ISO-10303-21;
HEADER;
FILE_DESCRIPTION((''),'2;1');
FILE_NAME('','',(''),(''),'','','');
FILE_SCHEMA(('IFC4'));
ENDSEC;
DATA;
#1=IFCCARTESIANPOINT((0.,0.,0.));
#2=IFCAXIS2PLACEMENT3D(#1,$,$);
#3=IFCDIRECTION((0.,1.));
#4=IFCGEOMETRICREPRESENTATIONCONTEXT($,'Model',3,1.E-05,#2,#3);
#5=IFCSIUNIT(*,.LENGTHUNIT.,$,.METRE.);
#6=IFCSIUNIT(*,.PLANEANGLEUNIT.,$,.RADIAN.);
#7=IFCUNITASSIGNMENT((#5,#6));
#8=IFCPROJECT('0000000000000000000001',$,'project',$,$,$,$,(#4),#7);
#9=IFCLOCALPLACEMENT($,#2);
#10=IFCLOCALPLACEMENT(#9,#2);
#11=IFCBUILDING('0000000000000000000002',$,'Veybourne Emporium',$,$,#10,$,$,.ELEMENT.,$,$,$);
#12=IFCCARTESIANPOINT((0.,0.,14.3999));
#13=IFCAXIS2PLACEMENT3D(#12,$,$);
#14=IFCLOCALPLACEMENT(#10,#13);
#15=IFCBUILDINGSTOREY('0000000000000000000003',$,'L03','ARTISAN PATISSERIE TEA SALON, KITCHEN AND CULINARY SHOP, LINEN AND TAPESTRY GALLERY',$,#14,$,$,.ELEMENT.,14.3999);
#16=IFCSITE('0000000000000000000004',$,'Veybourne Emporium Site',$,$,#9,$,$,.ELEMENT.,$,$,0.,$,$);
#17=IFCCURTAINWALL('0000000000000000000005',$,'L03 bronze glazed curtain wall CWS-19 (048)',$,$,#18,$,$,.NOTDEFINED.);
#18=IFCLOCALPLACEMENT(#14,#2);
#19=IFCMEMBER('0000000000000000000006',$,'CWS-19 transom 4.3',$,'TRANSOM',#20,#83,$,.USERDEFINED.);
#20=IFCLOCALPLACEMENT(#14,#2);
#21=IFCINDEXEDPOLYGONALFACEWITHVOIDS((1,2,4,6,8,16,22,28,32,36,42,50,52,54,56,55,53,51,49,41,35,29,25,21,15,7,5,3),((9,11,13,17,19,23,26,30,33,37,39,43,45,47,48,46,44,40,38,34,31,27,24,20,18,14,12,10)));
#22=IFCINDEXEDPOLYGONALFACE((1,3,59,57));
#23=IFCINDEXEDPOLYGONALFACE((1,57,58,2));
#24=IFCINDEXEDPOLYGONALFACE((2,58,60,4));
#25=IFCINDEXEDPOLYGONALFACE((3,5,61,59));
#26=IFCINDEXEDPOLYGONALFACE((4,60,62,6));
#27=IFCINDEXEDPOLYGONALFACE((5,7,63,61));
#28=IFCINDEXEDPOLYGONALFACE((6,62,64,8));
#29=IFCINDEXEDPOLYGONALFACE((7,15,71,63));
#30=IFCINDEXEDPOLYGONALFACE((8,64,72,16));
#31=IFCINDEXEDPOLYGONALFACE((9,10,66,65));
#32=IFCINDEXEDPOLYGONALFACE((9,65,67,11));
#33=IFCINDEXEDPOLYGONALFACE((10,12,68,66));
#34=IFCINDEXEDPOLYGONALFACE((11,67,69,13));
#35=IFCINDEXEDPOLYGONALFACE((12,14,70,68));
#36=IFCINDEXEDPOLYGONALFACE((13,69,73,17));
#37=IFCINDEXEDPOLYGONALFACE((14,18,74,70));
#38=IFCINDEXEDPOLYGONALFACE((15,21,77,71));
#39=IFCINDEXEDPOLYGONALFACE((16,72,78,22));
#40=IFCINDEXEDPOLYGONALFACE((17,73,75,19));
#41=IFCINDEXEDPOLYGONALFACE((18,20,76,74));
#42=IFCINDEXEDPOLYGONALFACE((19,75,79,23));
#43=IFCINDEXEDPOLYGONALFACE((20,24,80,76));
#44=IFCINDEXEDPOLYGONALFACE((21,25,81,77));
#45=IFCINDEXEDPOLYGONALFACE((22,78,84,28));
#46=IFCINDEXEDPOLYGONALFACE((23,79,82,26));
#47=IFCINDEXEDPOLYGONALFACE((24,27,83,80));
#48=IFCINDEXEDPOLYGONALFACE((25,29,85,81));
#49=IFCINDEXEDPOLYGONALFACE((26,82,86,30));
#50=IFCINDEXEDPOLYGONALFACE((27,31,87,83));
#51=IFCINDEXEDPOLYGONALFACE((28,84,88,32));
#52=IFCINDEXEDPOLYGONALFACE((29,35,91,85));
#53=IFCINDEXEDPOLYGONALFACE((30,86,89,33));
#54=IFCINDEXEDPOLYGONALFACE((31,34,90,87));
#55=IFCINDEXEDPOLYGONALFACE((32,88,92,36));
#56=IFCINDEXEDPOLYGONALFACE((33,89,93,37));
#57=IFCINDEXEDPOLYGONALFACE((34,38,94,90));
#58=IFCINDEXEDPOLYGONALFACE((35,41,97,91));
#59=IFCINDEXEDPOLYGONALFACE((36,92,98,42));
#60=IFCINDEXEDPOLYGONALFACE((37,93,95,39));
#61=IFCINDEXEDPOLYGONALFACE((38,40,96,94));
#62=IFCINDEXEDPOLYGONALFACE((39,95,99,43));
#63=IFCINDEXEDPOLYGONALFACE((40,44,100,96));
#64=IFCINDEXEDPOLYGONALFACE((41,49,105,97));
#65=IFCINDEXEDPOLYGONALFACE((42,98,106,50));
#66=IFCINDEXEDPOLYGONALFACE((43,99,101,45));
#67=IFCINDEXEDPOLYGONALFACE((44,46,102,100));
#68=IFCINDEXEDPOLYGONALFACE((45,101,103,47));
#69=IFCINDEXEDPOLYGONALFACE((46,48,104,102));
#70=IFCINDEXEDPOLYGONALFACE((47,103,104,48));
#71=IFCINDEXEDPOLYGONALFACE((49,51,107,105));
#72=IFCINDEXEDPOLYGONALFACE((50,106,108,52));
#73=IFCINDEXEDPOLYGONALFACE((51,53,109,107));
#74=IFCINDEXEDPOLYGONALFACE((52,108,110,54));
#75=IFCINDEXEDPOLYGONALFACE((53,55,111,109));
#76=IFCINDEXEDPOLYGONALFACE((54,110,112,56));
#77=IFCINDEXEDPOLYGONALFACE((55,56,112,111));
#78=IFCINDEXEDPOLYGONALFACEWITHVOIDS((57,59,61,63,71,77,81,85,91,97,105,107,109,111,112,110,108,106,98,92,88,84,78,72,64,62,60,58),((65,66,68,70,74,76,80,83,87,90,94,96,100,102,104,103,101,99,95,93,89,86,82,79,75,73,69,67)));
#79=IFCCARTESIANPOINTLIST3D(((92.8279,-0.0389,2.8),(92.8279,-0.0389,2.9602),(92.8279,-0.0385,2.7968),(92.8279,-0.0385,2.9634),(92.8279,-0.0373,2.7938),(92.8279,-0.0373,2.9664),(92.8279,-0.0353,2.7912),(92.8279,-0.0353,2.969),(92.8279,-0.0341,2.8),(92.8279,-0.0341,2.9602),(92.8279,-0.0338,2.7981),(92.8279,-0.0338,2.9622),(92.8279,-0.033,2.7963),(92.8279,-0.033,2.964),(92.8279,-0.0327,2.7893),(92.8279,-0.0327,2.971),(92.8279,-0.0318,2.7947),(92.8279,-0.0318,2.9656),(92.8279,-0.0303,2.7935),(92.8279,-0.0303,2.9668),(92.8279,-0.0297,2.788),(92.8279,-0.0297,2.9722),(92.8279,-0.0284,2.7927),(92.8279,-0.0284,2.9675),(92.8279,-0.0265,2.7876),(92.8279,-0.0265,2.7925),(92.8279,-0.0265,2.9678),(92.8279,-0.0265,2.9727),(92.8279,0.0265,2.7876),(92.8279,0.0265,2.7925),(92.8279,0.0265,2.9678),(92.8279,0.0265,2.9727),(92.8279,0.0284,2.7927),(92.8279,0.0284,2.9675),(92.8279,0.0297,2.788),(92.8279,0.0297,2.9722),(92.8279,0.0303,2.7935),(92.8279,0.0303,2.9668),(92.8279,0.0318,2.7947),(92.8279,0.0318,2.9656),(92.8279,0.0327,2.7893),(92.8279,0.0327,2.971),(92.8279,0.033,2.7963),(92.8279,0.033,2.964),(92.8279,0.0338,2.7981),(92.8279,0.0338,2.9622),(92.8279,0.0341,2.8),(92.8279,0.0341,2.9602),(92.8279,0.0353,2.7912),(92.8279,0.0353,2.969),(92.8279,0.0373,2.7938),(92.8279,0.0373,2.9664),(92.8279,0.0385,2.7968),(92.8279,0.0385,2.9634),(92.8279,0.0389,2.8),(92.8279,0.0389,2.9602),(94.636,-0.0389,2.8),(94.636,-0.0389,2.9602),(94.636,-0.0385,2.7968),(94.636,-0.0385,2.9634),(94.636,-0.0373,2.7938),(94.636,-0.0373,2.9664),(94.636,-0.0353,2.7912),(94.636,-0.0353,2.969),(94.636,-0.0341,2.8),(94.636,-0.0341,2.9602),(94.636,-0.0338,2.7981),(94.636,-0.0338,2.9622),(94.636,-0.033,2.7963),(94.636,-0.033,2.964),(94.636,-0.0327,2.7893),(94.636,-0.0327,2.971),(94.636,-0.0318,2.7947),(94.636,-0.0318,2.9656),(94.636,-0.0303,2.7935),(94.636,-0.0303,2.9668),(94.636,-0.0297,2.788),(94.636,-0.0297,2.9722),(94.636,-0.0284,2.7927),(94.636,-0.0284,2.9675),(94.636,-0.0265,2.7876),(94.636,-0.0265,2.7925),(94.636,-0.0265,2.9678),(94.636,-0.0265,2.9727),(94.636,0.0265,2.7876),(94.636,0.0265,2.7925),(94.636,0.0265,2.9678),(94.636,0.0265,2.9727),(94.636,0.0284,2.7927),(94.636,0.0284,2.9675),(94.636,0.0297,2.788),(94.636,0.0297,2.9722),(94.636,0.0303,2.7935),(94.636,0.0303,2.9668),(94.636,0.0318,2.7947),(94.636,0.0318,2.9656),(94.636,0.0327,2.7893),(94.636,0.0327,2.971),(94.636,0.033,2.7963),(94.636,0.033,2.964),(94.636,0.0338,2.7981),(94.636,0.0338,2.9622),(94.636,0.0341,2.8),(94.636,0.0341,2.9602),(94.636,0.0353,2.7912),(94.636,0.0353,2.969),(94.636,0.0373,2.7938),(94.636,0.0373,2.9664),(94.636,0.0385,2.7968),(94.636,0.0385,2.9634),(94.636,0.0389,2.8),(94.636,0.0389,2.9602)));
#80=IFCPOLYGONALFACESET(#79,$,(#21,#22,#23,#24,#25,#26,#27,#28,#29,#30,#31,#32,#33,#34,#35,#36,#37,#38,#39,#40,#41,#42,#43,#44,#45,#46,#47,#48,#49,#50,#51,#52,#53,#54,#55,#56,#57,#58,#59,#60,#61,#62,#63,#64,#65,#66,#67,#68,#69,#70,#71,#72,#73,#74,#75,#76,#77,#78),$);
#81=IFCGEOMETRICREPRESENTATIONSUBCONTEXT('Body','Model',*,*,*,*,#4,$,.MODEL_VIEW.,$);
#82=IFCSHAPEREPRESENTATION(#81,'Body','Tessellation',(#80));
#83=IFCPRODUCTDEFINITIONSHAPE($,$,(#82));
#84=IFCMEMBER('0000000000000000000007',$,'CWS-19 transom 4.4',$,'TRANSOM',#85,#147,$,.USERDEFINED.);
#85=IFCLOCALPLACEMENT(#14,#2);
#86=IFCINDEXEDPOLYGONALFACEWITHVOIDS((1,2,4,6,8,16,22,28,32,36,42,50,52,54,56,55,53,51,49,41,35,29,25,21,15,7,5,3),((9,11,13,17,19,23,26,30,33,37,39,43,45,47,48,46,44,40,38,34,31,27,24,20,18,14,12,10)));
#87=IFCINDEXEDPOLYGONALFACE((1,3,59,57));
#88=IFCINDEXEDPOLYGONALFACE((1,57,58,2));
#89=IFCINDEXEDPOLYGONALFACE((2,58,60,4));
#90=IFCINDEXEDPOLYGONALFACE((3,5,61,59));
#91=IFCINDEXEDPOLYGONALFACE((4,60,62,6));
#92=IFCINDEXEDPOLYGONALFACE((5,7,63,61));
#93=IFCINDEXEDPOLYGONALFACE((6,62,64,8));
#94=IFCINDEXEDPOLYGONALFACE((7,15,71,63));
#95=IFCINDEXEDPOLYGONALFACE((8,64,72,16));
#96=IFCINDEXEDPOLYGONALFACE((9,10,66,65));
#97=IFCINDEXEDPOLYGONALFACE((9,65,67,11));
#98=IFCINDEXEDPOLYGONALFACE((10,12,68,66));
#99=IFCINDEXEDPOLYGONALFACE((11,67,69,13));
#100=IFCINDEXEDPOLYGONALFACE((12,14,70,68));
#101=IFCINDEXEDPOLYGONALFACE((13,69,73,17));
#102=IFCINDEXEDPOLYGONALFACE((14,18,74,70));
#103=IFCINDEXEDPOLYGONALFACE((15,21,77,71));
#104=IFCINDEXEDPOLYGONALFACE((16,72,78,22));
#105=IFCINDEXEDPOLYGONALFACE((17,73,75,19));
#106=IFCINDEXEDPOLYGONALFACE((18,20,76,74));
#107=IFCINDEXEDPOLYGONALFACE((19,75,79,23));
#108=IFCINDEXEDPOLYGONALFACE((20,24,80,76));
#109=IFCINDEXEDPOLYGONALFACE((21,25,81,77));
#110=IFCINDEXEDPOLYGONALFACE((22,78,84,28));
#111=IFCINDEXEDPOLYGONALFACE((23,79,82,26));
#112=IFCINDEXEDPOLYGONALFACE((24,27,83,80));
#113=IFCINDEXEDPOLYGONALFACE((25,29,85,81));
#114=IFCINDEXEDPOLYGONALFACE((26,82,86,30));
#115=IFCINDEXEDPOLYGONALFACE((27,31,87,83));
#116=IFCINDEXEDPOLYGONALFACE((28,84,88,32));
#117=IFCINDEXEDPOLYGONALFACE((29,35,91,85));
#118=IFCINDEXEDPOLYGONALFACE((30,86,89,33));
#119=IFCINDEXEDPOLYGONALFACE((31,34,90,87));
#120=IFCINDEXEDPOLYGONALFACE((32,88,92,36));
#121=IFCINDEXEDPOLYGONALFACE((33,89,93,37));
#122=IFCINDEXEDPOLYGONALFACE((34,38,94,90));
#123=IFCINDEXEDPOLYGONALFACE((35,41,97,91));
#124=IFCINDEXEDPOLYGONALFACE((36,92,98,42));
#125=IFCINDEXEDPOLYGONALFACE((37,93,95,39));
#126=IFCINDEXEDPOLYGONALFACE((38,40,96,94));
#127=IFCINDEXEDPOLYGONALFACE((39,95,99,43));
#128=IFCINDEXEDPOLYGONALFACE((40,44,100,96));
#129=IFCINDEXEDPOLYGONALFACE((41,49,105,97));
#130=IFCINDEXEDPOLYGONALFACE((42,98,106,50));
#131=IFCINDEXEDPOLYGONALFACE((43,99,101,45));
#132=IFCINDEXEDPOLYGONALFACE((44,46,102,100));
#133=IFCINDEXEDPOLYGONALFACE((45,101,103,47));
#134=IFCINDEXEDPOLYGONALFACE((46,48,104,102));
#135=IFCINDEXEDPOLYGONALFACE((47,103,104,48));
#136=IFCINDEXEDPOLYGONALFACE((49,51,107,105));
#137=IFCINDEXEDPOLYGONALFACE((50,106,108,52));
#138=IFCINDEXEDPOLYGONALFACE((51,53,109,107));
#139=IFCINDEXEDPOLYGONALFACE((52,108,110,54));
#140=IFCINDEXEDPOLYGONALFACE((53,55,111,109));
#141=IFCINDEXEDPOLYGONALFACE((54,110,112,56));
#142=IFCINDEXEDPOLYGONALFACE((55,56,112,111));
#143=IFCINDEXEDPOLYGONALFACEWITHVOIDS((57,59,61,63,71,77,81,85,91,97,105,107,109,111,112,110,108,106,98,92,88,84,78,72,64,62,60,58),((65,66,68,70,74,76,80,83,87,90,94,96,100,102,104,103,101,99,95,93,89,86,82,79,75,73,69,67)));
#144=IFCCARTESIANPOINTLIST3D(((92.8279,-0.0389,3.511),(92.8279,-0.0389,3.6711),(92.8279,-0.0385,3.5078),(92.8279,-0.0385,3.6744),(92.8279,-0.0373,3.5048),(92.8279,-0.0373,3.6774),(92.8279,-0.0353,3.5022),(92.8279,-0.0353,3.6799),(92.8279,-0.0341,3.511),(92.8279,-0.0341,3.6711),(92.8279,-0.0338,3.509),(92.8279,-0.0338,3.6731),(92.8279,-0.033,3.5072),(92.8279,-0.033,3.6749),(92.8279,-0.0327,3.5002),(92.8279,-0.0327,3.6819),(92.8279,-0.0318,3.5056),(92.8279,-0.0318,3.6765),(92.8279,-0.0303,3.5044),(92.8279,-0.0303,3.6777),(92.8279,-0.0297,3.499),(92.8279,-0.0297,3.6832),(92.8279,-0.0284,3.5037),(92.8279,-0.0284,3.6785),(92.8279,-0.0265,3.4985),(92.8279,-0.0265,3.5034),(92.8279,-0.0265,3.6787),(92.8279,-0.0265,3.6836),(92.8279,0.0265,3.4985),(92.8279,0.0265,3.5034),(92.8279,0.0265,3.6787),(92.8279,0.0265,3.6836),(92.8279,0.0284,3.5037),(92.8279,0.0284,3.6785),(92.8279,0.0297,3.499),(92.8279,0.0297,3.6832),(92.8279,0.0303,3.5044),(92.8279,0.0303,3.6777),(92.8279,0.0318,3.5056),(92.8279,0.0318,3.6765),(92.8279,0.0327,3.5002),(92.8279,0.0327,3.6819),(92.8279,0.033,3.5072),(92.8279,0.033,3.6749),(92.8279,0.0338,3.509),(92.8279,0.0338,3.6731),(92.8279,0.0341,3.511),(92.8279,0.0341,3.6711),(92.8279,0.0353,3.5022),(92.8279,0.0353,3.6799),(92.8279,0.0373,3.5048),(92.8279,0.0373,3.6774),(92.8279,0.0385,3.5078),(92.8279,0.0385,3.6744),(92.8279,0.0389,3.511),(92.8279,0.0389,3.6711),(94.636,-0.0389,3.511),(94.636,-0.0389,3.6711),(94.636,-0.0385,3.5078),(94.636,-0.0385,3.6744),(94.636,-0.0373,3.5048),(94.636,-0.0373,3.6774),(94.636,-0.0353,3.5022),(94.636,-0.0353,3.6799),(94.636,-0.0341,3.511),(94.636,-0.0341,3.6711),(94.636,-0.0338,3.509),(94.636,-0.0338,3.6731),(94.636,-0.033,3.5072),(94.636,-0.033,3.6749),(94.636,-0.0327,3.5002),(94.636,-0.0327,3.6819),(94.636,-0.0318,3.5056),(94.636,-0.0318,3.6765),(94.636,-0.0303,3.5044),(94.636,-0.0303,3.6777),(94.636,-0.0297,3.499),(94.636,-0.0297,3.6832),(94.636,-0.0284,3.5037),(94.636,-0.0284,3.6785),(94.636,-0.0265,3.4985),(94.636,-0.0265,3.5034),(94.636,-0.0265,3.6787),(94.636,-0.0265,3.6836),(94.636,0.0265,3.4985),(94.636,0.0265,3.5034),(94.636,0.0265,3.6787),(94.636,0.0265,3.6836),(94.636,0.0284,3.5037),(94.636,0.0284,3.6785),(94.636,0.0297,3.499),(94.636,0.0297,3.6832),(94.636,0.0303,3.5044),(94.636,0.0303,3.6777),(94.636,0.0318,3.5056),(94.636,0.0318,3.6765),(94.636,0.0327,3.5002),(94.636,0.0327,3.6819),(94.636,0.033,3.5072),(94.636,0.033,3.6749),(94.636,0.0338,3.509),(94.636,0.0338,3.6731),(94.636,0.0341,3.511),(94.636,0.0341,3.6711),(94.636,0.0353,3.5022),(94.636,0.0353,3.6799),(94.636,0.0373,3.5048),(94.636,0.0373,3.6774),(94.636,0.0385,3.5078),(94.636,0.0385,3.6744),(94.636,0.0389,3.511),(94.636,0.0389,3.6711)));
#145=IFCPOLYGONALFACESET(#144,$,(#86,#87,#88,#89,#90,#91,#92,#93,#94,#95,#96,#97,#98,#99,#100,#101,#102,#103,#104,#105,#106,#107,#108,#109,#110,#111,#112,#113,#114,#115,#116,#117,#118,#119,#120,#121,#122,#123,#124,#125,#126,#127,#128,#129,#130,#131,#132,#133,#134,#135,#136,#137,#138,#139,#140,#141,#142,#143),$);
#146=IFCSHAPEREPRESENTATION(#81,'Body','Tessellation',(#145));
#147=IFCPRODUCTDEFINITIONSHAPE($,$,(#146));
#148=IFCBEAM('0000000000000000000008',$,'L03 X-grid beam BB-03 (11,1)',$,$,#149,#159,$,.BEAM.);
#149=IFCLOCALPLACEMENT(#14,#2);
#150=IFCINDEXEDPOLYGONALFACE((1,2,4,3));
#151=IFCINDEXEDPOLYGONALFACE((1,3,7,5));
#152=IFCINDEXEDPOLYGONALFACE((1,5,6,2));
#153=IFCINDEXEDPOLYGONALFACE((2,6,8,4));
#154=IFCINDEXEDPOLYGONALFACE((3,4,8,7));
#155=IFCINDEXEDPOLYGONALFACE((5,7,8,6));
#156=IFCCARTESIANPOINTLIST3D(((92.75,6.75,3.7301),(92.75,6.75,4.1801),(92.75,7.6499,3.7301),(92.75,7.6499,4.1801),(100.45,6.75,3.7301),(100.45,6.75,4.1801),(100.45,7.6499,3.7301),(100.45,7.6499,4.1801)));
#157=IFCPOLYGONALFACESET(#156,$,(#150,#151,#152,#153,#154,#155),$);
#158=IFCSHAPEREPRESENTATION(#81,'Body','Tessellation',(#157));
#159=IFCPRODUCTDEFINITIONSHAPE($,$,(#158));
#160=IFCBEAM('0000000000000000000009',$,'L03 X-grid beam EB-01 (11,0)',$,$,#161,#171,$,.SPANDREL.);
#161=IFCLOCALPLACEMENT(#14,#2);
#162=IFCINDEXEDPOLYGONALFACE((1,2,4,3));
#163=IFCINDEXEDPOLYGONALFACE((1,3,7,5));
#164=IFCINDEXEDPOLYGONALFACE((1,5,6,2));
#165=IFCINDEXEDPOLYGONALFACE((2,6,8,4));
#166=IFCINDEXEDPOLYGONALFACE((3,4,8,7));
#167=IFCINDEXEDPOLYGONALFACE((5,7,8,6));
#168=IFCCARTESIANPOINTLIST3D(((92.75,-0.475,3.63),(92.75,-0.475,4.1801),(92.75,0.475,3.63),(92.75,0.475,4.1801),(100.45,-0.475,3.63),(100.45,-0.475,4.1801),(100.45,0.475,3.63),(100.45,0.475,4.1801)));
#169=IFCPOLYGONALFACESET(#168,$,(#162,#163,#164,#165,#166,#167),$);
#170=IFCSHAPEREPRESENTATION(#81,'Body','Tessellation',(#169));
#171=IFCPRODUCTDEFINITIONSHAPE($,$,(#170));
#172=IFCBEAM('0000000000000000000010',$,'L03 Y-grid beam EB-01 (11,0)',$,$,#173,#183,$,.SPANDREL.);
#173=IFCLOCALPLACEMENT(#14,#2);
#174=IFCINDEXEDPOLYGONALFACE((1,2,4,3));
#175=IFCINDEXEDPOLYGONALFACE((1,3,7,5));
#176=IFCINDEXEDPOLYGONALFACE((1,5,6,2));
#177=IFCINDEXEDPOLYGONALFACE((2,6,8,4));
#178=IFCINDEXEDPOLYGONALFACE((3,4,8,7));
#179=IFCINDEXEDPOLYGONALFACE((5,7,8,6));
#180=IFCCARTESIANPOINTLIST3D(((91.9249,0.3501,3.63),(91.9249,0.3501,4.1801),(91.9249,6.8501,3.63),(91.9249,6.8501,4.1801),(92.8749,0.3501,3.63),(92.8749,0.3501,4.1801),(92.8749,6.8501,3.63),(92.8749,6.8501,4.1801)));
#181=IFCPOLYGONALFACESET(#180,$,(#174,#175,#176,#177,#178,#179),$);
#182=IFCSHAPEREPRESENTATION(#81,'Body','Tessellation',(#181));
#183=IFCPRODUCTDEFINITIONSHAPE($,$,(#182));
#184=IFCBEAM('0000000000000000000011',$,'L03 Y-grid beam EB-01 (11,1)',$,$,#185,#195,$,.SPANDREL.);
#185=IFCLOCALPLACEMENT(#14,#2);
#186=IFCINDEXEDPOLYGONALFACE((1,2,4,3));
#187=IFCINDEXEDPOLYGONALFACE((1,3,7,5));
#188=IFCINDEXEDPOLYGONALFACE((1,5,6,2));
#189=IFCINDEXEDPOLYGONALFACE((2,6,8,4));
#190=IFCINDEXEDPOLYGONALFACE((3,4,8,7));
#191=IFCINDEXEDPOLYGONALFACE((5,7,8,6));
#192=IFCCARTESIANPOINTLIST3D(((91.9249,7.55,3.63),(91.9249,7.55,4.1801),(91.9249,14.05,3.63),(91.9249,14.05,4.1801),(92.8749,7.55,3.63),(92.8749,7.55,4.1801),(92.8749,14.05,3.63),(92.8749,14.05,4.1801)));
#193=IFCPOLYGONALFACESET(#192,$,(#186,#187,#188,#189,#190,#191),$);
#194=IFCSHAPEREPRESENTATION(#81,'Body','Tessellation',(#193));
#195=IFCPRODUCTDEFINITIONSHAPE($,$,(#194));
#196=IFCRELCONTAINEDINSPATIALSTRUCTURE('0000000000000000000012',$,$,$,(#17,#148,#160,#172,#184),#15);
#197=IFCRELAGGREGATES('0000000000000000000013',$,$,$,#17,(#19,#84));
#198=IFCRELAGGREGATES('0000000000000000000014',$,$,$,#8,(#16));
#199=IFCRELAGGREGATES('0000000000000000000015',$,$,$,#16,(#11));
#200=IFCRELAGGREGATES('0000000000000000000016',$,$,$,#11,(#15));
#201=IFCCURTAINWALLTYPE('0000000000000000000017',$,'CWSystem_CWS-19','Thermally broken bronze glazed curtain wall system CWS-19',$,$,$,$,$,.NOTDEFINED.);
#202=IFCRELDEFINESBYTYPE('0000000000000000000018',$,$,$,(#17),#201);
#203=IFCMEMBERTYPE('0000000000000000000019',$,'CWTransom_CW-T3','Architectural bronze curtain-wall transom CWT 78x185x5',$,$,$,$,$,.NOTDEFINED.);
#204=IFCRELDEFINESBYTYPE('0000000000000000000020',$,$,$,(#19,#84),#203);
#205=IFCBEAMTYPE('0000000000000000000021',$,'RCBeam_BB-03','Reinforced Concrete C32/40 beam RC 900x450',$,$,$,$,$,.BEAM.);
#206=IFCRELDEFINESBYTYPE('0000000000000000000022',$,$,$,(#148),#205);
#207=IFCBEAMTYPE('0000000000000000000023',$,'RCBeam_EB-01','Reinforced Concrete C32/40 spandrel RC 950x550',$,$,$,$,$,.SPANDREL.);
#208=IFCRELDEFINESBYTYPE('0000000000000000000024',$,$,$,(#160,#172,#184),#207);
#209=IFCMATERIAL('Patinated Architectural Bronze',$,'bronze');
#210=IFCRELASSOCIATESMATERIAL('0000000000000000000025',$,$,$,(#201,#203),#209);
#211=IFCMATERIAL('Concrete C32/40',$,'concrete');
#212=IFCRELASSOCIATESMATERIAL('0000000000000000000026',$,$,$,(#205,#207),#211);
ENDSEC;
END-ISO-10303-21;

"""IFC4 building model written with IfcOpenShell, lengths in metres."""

from ifc_helpers import new_model, si_unit, direction, frame, origin, origin_2d, place, context, subcontext, project, spatial, rectangle, hollow_rectangle, extrude, material, material_profile, profile_set, type_object, element, aggregate, save


model = new_model("IFC4")

# Units and contexts
model_context = context("Model", 3, precision=1e-05, world=origin(), true_north=direction((0.0, 1.0)))
body_context = subcontext(model_context, "Body", "Model", "MODEL_VIEW")
ifc_project = project(units=[si_unit("LENGTHUNIT", "METRE"), si_unit("PLANEANGLEUNIT", "RADIAN")], contexts=[model_context])

# Site, building, storey
site_placement = place(None, origin())
site = spatial("IfcSite", under=ifc_project, at=site_placement, Name="Veybourne Emporium Site", CompositionType="ELEMENT", RefElevation=0.0)
building_placement = place(site_placement, origin())
building = spatial("IfcBuilding", under=site, at=building_placement, Name="Veybourne Emporium", CompositionType="ELEMENT")
storey_placement = place(building_placement, frame((0.0, 0.0, 14.3999)))
storey = spatial("IfcBuildingStorey", under=building, at=storey_placement, Name="L03", Description="ARTISAN PATISSERIE TEA SALON, KITCHEN AND CULINARY SHOP, LINEN AND TAPESTRY GALLERY", CompositionType="ELEMENT", Elevation=14.3999)

# Curtain wall, members
ifc_material_1 = material(Name="Patinated Architectural Bronze", Category="bronze")
curtain_wall_type = type_object("IfcCurtainWallType", Name="CWSystem_CWS-19", Description="Thermally broken bronze glazed curtain wall system CWS-19", PredefinedType="NOTDEFINED", material=ifc_material_1)
curtain_wall_placement = place(storey_placement, origin())
curtain_wall = element("IfcCurtainWall", 1, at=curtain_wall_placement, inside=storey, type_object=curtain_wall_type, Name="L03 bronze glazed curtain wall CWS-19 (048)", PredefinedType="NOTDEFINED")
ifc_material_profile_1 = material_profile(ifc_material_1, hollow_rectangle(XDim=0.0779, YDim=0.1851, WallThickness=0.0049, InnerFilletRadius=0.0076, OuterFilletRadius=0.0125, at=origin_2d()), Name="CWT 78x185x5")
ifc_profile_set_1 = profile_set([ifc_material_profile_1], Name="Patinated Architectural Bronze")
member_type_1 = type_object("IfcMemberType", Name="CWTransom_CW-T3", Description="Architectural bronze curtain-wall transom CWT 78x185x5", PredefinedType="NOTDEFINED", material=ifc_profile_set_1)
member_1_placement = place(storey_placement, frame((94.636, 0.0, 2.8801), z_axis=(-1.0, 0.0, 0.0), x_axis=(0.0, -1.0, 0.0)))
member_1 = element("IfcMember", 2, at=member_1_placement, type_object=member_type_1, Name="CWS-19 transom 4.3", ObjectType="TRANSOM", PredefinedType="USERDEFINED", context=body_context, shape_type="SweptSolid", body=[
    extrude(hollow_rectangle(XDim=0.0779, YDim=0.1851, WallThickness=0.0049, InnerFilletRadius=0.0076, OuterFilletRadius=0.0125, at=origin_2d()), origin(), (0.0, 0.0, 1.0), 1.8081),
])
member_2_placement = place(storey_placement, frame((94.636, 0.0, 3.5911), z_axis=(-1.0, 0.0, 0.0), x_axis=(0.0, -1.0, 0.0)))
member_2 = element("IfcMember", 3, at=member_2_placement, type_object=member_type_1, Name="CWS-19 transom 4.4", ObjectType="TRANSOM", PredefinedType="USERDEFINED", context=body_context, shape_type="SweptSolid", body=[
    extrude(hollow_rectangle(XDim=0.0779, YDim=0.1851, WallThickness=0.0049, InnerFilletRadius=0.0076, OuterFilletRadius=0.0125, at=origin_2d()), origin(), (0.0, 0.0, 1.0), 1.8081),
])

# Beams
ifc_material_2 = material(Name="Concrete C32/40", Category="concrete")
ifc_material_profile_2 = material_profile(ifc_material_2, rectangle(XDim=0.8999, YDim=0.45, at=origin_2d()), Name="RC 900x450")
ifc_profile_set_2 = profile_set([ifc_material_profile_2], Name="Concrete C32/40")
beam_type_1 = type_object("IfcBeamType", Name="RCBeam_BB-03", Description="Reinforced Concrete C32/40 beam RC 900x450", PredefinedType="BEAM", material=ifc_profile_set_2)
beam_1_placement = place(storey_placement, frame((92.75, 7.2, 3.9551), z_axis=(1.0, 0.0, 0.0), x_axis=(0.0, 1.0, 0.0)))
element("IfcBeam", 4, at=beam_1_placement, inside=storey, type_object=beam_type_1, Name="L03 X-grid beam BB-03 (11,1)", PredefinedType="BEAM", context=body_context, shape_type="SweptSolid", body=[
    extrude(rectangle(XDim=0.8999, YDim=0.45, at=origin_2d()), origin(), (0.0, 0.0, 1.0), 7.7),
])
ifc_material_profile_3 = material_profile(ifc_material_2, rectangle(XDim=0.95, YDim=0.55, at=origin_2d()), Name="RC 950x550")
ifc_profile_set_3 = profile_set([ifc_material_profile_3], Name="Concrete C32/40")
beam_type_2 = type_object("IfcBeamType", Name="RCBeam_EB-01", Description="Reinforced Concrete C32/40 spandrel RC 950x550", PredefinedType="SPANDREL", material=ifc_profile_set_3)
beam_2_placement = place(storey_placement, frame((92.75, 0.0, 3.905), z_axis=(1.0, 0.0, 0.0), x_axis=(0.0, 1.0, 0.0)))
element("IfcBeam", 5, at=beam_2_placement, inside=storey, type_object=beam_type_2, Name="L03 X-grid beam EB-01 (11,0)", PredefinedType="SPANDREL", context=body_context, shape_type="SweptSolid", body=[
    extrude(rectangle(XDim=0.95, YDim=0.55, at=origin_2d()), origin(), (0.0, 0.0, 1.0), 7.7),
])
for number, where, z_axis, x_axis, name in (
    (6, (92.3999, 0.3501, 3.905), (0.0, 1.0, 0.0), (-1.0, 0.0, 0.0), "L03 Y-grid beam EB-01 (11,0)"),
    (7, (92.3999, 7.55, 3.905), (0.0, 1.0, 0.0), (-1.0, 0.0, 0.0), "L03 Y-grid beam EB-01 (11,1)"),
):
    element("IfcBeam", number, at=place(storey_placement, frame(where, z_axis=z_axis, x_axis=x_axis)), inside=storey, type_object=beam_type_2, Name=name, PredefinedType="SPANDREL", context=body_context, shape_type="SweptSolid", body=[
        extrude(rectangle(XDim=0.95, YDim=0.55, at=origin_2d()), origin(), (0.0, 0.0, 1.0), 6.5),
    ])

aggregate(curtain_wall, [member_1, member_2])

save(model, "model.ifc")
